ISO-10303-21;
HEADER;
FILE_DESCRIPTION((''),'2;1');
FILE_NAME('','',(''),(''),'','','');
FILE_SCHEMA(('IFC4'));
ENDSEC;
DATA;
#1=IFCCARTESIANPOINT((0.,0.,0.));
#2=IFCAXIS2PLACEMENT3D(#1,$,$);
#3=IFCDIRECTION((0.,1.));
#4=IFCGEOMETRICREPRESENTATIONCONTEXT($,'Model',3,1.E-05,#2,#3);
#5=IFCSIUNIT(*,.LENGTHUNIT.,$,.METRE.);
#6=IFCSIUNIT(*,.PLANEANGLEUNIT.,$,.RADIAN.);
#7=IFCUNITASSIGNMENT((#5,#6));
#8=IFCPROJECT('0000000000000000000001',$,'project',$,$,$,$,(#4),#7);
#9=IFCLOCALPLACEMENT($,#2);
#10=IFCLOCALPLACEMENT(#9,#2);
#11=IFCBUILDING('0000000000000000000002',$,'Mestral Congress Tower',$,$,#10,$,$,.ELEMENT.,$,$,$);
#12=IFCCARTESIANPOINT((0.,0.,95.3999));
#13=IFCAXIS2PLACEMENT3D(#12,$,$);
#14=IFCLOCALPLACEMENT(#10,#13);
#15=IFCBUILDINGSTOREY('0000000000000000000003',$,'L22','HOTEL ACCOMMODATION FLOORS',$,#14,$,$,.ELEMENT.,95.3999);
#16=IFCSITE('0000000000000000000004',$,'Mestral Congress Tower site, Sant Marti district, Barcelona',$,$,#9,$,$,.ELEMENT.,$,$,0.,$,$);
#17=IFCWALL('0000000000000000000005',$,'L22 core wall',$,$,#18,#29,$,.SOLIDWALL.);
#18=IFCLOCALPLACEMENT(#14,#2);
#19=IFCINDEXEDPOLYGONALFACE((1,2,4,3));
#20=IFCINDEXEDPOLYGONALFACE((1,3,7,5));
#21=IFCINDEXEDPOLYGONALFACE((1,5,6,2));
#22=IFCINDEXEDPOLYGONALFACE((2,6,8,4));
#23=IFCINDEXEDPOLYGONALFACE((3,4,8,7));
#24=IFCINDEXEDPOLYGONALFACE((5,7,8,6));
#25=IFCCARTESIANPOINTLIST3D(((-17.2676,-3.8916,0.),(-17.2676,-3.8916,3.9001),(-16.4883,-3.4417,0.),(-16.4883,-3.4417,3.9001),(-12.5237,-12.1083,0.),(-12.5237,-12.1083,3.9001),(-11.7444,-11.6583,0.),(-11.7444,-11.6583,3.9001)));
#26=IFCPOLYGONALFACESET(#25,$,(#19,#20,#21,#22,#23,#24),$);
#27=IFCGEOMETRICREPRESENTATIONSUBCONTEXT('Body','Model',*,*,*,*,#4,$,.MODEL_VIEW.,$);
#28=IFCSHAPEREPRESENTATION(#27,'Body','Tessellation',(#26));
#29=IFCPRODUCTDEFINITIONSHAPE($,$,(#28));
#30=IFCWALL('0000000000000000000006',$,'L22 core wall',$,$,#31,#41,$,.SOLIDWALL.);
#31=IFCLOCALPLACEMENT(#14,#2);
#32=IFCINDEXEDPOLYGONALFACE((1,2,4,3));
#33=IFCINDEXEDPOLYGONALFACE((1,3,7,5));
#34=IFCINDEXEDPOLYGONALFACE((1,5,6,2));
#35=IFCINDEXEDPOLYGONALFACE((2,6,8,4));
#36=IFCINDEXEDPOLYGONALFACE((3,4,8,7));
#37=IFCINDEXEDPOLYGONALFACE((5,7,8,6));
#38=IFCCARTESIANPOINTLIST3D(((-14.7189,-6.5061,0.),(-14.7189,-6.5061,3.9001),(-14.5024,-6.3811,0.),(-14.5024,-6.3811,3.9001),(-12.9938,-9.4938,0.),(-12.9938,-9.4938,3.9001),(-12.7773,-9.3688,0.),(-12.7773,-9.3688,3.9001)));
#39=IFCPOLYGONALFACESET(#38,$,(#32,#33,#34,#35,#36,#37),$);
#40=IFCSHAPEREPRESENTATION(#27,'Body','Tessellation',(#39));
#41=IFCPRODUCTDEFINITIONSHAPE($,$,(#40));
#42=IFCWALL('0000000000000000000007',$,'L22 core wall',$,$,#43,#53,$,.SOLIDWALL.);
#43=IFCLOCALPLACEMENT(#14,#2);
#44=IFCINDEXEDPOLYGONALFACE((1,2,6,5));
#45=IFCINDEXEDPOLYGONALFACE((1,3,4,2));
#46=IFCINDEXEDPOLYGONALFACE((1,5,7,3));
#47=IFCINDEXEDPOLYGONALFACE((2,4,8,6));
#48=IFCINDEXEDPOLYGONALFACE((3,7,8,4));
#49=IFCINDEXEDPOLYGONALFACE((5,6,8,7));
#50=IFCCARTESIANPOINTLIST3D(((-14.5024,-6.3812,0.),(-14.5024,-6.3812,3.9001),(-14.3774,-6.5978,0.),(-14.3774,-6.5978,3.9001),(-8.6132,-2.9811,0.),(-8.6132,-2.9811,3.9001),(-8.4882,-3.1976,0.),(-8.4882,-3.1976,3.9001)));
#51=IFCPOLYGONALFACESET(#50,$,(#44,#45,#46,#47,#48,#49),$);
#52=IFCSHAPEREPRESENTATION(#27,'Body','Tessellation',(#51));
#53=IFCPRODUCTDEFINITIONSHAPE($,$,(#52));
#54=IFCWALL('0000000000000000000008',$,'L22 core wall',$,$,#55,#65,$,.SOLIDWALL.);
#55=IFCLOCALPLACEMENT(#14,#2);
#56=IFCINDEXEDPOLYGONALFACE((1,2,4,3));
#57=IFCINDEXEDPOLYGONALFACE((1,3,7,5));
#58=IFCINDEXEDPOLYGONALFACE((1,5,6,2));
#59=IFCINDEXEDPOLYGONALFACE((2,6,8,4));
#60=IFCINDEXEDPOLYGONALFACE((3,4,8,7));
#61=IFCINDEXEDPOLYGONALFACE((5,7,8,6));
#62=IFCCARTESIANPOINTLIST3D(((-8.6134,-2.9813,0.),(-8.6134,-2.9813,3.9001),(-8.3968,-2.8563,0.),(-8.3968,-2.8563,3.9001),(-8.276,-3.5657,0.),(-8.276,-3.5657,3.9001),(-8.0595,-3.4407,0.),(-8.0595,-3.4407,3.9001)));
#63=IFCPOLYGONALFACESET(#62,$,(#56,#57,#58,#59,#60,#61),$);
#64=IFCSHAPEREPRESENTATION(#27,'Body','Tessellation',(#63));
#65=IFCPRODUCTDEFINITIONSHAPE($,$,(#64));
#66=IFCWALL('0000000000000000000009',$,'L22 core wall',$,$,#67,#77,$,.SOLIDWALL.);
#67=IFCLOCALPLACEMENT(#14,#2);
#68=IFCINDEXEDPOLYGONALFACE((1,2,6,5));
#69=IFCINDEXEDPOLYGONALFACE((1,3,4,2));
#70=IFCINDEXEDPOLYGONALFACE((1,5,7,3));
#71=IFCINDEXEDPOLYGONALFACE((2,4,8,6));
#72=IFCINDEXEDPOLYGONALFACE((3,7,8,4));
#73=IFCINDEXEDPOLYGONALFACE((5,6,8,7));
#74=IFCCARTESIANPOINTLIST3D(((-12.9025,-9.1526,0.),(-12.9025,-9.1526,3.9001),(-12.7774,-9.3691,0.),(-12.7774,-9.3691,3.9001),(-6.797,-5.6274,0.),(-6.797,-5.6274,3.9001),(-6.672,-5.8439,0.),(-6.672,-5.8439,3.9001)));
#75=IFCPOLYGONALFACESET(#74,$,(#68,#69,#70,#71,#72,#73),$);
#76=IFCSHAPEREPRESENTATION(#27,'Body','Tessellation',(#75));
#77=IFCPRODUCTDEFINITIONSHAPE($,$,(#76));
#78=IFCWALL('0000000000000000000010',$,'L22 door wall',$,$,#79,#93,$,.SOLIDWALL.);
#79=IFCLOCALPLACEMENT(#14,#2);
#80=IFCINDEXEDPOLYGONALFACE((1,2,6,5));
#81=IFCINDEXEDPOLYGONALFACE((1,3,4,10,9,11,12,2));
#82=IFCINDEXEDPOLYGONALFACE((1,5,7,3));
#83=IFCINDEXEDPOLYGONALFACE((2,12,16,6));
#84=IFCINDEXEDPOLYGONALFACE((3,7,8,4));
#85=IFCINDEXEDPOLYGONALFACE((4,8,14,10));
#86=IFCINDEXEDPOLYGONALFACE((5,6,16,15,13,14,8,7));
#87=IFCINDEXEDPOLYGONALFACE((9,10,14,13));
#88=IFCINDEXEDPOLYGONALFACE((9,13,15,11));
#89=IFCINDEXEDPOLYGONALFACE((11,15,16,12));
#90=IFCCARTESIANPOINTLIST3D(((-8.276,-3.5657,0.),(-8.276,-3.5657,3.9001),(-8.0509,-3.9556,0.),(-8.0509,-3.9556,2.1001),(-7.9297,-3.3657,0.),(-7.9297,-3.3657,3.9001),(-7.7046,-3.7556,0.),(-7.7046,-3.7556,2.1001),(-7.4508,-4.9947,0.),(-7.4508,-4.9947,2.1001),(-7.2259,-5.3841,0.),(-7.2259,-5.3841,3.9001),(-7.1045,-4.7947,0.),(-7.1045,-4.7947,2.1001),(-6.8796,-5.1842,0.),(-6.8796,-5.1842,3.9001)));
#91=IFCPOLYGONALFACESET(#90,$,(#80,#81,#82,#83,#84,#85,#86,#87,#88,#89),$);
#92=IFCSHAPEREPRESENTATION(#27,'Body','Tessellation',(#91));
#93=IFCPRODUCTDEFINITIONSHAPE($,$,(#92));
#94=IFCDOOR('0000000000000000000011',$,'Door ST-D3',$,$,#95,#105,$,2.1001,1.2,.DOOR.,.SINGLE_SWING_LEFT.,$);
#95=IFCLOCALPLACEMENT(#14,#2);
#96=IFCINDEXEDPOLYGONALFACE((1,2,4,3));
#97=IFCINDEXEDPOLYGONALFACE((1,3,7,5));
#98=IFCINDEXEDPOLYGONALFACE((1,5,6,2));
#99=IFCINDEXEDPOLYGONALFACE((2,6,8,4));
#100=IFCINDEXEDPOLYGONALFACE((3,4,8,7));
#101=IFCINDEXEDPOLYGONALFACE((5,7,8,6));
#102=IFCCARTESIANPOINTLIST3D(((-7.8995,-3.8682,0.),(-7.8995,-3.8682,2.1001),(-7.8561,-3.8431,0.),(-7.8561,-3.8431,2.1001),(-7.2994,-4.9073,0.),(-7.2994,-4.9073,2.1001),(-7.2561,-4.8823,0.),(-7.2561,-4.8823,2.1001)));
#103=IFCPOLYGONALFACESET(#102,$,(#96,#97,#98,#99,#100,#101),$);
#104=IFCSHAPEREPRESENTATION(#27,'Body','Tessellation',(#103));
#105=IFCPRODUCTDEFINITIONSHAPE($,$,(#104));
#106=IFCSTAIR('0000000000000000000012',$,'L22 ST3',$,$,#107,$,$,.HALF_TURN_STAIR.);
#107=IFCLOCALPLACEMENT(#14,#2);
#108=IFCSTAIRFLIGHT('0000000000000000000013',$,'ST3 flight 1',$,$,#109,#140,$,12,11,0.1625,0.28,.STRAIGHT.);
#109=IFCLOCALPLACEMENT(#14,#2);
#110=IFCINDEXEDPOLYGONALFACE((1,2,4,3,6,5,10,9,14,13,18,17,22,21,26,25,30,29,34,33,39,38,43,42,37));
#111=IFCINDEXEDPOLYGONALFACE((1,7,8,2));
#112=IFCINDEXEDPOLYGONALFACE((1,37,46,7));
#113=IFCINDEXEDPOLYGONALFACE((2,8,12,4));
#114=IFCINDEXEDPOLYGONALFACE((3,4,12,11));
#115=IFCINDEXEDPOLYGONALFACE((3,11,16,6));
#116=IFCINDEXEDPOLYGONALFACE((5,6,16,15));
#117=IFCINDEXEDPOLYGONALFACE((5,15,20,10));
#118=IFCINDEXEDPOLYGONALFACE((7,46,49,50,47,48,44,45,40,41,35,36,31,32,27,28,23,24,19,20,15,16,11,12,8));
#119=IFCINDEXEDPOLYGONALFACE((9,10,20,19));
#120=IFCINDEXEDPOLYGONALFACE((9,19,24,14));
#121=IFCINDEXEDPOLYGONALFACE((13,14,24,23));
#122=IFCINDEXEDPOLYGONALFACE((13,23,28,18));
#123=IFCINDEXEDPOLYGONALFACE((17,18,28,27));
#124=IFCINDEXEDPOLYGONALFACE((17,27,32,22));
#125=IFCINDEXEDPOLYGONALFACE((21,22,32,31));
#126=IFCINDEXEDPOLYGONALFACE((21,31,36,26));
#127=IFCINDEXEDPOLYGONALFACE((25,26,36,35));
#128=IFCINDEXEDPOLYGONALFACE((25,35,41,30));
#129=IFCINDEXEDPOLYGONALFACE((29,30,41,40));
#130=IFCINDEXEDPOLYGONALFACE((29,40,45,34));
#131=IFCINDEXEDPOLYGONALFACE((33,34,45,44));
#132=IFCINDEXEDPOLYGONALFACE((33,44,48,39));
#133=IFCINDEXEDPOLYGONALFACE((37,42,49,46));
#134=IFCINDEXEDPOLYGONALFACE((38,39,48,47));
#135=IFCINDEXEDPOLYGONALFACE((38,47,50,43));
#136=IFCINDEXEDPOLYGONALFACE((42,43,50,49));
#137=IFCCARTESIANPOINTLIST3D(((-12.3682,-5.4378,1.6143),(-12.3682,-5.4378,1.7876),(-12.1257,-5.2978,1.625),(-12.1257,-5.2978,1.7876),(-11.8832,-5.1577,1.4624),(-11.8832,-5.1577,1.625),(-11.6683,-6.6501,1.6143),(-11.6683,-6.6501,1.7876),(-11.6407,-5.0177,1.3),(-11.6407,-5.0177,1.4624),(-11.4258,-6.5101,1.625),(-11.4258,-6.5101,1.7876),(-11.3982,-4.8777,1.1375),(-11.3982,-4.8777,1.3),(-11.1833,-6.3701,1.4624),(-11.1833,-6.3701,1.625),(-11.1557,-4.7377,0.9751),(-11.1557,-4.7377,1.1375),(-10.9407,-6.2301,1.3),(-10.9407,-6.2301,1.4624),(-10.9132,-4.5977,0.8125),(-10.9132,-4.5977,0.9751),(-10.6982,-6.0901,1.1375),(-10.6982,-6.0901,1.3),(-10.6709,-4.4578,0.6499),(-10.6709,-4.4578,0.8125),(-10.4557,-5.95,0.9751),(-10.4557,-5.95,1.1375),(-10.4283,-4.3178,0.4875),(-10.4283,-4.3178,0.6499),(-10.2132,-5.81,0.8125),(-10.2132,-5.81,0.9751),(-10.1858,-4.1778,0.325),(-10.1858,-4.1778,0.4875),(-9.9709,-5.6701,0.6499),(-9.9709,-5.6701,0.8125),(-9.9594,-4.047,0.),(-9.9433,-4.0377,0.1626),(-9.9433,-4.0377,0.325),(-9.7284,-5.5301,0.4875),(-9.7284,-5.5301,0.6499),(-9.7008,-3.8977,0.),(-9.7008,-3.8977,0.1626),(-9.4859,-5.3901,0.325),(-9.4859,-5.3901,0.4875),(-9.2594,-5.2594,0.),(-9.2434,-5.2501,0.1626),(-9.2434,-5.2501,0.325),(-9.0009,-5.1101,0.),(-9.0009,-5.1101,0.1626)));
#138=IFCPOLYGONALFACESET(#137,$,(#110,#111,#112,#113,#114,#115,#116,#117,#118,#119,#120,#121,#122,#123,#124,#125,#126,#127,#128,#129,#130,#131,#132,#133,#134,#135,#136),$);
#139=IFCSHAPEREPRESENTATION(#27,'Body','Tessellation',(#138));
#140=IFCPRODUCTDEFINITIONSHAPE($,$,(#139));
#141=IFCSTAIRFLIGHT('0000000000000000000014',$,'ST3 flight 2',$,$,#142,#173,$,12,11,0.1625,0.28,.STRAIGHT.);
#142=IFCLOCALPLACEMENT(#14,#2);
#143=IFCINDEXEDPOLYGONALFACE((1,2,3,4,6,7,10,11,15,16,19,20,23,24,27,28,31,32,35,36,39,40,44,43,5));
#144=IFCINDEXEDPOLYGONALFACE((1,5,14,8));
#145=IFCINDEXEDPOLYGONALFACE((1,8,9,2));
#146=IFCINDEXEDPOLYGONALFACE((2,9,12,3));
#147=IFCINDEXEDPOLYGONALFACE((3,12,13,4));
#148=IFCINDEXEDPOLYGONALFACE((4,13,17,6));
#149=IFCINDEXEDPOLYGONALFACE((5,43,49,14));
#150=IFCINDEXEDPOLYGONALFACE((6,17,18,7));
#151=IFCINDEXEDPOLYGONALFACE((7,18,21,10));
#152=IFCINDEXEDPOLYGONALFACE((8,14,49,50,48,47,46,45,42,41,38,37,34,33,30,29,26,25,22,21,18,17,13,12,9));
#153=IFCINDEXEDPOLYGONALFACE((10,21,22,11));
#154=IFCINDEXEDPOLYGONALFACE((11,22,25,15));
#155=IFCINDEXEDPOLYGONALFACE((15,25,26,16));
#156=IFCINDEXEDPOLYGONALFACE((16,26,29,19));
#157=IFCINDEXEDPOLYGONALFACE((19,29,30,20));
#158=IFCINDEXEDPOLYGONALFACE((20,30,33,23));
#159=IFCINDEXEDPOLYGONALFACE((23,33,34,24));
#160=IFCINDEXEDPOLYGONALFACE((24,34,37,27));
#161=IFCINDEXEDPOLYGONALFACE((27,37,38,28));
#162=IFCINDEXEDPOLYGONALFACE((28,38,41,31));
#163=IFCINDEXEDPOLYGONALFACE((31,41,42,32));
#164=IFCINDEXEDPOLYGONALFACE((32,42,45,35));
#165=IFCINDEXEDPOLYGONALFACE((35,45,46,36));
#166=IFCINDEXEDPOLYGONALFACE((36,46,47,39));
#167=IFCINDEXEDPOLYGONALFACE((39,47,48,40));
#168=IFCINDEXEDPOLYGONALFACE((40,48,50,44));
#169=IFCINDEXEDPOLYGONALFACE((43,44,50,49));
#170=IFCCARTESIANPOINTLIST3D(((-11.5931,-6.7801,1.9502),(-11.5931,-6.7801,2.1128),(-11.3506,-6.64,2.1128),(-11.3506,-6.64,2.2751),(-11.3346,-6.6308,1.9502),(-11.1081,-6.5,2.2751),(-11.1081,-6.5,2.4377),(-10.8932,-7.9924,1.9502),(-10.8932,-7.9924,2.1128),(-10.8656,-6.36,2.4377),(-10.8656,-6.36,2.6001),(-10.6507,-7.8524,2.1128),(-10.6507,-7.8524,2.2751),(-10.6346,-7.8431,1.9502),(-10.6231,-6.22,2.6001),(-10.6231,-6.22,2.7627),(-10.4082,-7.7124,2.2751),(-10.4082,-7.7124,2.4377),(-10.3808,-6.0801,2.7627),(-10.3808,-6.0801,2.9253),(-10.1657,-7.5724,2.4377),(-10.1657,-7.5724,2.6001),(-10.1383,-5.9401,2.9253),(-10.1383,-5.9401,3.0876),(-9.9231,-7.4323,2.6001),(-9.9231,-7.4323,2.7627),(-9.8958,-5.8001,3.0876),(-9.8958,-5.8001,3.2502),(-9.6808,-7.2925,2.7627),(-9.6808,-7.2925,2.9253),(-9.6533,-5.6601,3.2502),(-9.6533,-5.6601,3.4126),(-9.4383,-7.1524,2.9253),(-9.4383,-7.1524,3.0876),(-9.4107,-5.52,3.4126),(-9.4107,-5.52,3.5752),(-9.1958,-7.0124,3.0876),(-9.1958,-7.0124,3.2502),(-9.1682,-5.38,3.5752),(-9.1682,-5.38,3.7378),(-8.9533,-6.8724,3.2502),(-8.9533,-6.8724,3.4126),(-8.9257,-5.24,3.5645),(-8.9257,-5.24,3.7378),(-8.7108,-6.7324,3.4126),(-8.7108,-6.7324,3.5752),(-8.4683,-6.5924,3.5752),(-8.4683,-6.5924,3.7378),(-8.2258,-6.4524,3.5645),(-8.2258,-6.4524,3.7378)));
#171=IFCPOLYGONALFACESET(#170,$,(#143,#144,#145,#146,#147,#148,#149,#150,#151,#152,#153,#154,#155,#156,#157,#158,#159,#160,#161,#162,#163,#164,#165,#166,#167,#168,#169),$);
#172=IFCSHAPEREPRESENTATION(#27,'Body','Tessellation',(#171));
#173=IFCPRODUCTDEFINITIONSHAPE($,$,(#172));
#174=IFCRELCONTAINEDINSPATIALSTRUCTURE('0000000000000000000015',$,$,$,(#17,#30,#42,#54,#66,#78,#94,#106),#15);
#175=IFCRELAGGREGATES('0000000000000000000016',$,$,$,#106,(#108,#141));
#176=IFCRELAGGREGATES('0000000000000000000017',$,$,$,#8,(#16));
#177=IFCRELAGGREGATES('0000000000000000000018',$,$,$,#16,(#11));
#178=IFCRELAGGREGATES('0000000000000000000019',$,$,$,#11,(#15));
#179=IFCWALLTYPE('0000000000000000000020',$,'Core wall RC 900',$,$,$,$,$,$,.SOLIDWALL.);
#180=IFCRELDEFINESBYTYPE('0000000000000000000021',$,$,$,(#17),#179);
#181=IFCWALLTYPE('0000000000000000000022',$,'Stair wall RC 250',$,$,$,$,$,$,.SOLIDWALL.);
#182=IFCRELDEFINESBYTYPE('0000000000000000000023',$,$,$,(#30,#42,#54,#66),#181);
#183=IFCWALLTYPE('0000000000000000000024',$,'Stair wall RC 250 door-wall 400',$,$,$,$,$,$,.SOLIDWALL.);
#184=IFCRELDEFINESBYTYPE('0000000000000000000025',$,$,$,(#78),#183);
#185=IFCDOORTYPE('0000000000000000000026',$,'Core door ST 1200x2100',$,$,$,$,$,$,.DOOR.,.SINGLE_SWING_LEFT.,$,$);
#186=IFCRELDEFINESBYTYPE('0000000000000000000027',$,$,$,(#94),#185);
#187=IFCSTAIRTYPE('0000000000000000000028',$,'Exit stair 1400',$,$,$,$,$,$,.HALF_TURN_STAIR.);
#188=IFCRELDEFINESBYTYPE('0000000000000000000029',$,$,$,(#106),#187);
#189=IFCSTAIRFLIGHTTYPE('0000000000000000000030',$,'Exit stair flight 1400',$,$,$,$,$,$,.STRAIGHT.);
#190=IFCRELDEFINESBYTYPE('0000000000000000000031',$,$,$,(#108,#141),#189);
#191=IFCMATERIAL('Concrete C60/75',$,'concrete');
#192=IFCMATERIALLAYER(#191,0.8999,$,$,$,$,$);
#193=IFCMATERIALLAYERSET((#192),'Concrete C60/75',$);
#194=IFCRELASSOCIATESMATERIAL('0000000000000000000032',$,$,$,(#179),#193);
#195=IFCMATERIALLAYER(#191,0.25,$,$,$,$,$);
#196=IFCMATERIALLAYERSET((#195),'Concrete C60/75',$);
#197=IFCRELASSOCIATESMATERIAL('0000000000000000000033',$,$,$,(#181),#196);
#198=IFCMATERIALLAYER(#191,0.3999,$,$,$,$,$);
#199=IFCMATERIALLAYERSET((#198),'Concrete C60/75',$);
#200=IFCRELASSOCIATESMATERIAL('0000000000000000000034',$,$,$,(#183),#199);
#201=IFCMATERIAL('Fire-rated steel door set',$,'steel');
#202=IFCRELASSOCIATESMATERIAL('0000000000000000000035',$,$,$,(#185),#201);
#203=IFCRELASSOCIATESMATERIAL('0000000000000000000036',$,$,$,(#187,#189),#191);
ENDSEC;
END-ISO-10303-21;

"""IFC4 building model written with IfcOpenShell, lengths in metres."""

from ifc_helpers import new_model, si_unit, direction, frame, frame_2d, origin, place, context, subcontext, project, spatial, polyline, rectangle, outline, extrude, material, layer, layer_set, type_object, element, fill, aggregate, save


model = new_model("IFC4")

# Units and contexts
model_context = context("Model", 3, precision=1e-05, world=origin(), true_north=direction((0.0, 1.0)))
body_context = subcontext(model_context, "Body", "Model", "MODEL_VIEW")
ifc_project = project(units=[si_unit("LENGTHUNIT", "METRE"), si_unit("PLANEANGLEUNIT", "RADIAN")], contexts=[model_context])

# Site, building, storey
site_placement = place(None, origin())
site = spatial("IfcSite", under=ifc_project, at=site_placement, Name="Mestral Congress Tower site, Sant Marti district, Barcelona", CompositionType="ELEMENT", RefElevation=0.0)
building_placement = place(site_placement, origin())
building = spatial("IfcBuilding", under=site, at=building_placement, Name="Mestral Congress Tower", CompositionType="ELEMENT")
storey_placement = place(building_placement, frame((0.0, 0.0, 95.3999)))
storey = spatial("IfcBuildingStorey", under=building, at=storey_placement, Name="L22", Description="HOTEL ACCOMMODATION FLOORS", CompositionType="ELEMENT", Elevation=95.3999)

# Walls
ifc_material_1 = material(Name="Concrete C60/75", Category="concrete")
ifc_layer_1 = layer(ifc_material_1, 0.8999)
ifc_layer_set_1 = layer_set([ifc_layer_1], Name="Concrete C60/75")
wall_type_1 = type_object("IfcWallType", Name="Core wall RC 900", PredefinedType="SOLIDWALL", material=ifc_layer_set_1)
wall_1_placement = place(storey_placement, frame((-12.134, -11.8833, 0.0), z_axis=(0.0, 0.0, 1.0), x_axis=(-0.500005, 0.866022, 0.0)))
element("IfcWall", 1, at=wall_1_placement, inside=storey, type_object=wall_type_1, Name="L22 core wall", PredefinedType="SOLIDWALL", context=body_context, shape_type="SweptSolid", body=[
    extrude(rectangle(XDim=9.4878, YDim=0.8999, at=frame_2d((4.7439, 0.0))), origin(), (0.0, 0.0, 1.0), 3.9001),
])
ifc_layer_2 = layer(ifc_material_1, 0.25)
ifc_layer_set_2 = layer_set([ifc_layer_2], Name="Concrete C60/75")
wall_type_2 = type_object("IfcWallType", Name="Stair wall RC 250", PredefinedType="SOLIDWALL", material=ifc_layer_set_2)
wall_2_placement = place(storey_placement, frame((-12.8855, -9.4314, 0.0), z_axis=(0.0, 0.0, 1.0), x_axis=(-0.500021, 0.866014, 0.0)))
element("IfcWall", 2, at=wall_2_placement, inside=storey, type_object=wall_type_2, Name="L22 core wall", PredefinedType="SOLIDWALL", context=body_context, shape_type="SweptSolid", body=[
    extrude(rectangle(XDim=3.45, YDim=0.25, at=frame_2d((1.7251, 0.0))), origin(), (0.0, 0.0, 1.0), 3.9001),
])
wall_3_placement = place(storey_placement, frame((-14.4399, -6.4895, 0.0), z_axis=(0.0, 0.0, 1.0), x_axis=(0.866023, 0.500004, 0.0)))
element("IfcWall", 3, at=wall_3_placement, inside=storey, type_object=wall_type_2, Name="L22 core wall", PredefinedType="SOLIDWALL", context=body_context, shape_type="SweptSolid", body=[
    extrude(rectangle(XDim=6.8003, YDim=0.25, at=frame_2d((3.4001, 0.0))), origin(), (0.0, 0.0, 1.0), 3.9001),
])
wall_4_placement = place(storey_placement, frame((-8.1677, -3.5032, 0.0), z_axis=(0.0, 0.0, 1.0), x_axis=(-0.499952, 0.866053, 0.0)))
element("IfcWall", 4, at=wall_4_placement, inside=storey, type_object=wall_type_2, Name="L22 core wall", PredefinedType="SOLIDWALL", context=body_context, shape_type="SweptSolid", body=[
    extrude(rectangle(XDim=0.6748, YDim=0.25, at=frame_2d((0.3374, 0.0))), origin(), (0.0, 0.0, 1.0), 3.9001),
])
wall_5_placement = place(storey_placement, frame((-12.8398, -9.2607, 0.0), z_axis=(0.0, 0.0, 1.0), x_axis=(0.866016, 0.500016, 0.0)))
element("IfcWall", 5, at=wall_5_placement, inside=storey, type_object=wall_type_2, Name="L22 core wall", PredefinedType="SOLIDWALL", context=body_context, shape_type="SweptSolid", body=[
    extrude(rectangle(XDim=7.05, YDim=0.25, at=frame_2d((3.5249, 0.0))), origin(), (0.0, 0.0, 1.0), 3.9001),
])

# Wall, opening, door
ifc_layer_3 = layer(ifc_material_1, 0.3999)
ifc_layer_set_3 = layer_set([ifc_layer_3], Name="Concrete C60/75")
wall_type_3 = type_object("IfcWallType", Name="Stair wall RC 250 door-wall 400", PredefinedType="SOLIDWALL", material=ifc_layer_set_3)
wall_6_placement = place(storey_placement, frame((-8.1028, -3.4658, 0.0), z_axis=(0.0, 0.0, 1.0), x_axis=(0.500078, -0.86598, 0.0)))
wall_6 = element("IfcWall", 6, at=wall_6_placement, inside=storey, type_object=wall_type_3, Name="L22 door wall", PredefinedType="SOLIDWALL", context=body_context, shape_type="SweptSolid", body=[
    extrude(rectangle(XDim=2.0999, YDim=0.3999, at=frame_2d((1.0498, 0.0))), origin(), (0.0, 0.0, 1.0), 3.9001),
])
opening_placement = place(wall_6_placement, frame((0.45, 0.0, 0.0)))
opening = element("IfcOpeningElement", 7, at=opening_placement, cuts=wall_6, PredefinedType="OPENING", context=body_context, shape_type="SweptSolid", body=[
    extrude(rectangle(XDim=1.2, YDim=2.1001, at=frame_2d((0.6001, 1.05))), frame((0.0, 0.21, 0.0), z_axis=(0.0, -1.0, 0.0), x_axis=(1.0, 0.0, 0.0)), (0.0, 0.0, 1.0), 0.4199),
])
ifc_material_2 = material(Name="Fire-rated steel door set", Category="steel")
door_type = type_object("IfcDoorType", Name="Core door ST 1200x2100", OperationType="SINGLE_SWING_LEFT", PredefinedType="DOOR", material=ifc_material_2)
door_placement = place(opening_placement, origin())
door = element("IfcDoor", 8, at=door_placement, inside=storey, type_object=door_type, Name="Door ST-D3", OperationType="SINGLE_SWING_LEFT", OverallHeight=2.1001, OverallWidth=1.2, PredefinedType="DOOR", context=body_context, shape_type="SweptSolid", body=[
    extrude(rectangle(XDim=1.2, YDim=2.1001, at=frame_2d((0.6001, 1.05))), frame((0.0, 0.0249, 0.0), z_axis=(0.0, -1.0, 0.0), x_axis=(1.0, 0.0, 0.0)), (0.0, 0.0, 1.0), 0.05),
])
fill(opening, door)

# Stair, stair flights
stair_type = type_object("IfcStairType", Name="Exit stair 1400", PredefinedType="HALF_TURN_STAIR", material=ifc_material_1)
stair_placement = place(storey_placement, origin())
stair = element("IfcStair", 9, at=stair_placement, inside=storey, type_object=stair_type, Name="L22 ST3", PredefinedType="HALF_TURN_STAIR")
stair_flight_type = type_object("IfcStairFlightType", Name="Exit stair flight 1400", PredefinedType="STRAIGHT", material=ifc_material_1)
stair_flight_1_placement = place(storey_placement, frame((-9.3508, -4.5039, 0.0), z_axis=(0.0, 0.0, 1.0), x_axis=(-0.866025, -0.5, 0.0)))
stair_flight_1 = element("IfcStairFlight", 10, at=stair_flight_1_placement, type_object=stair_flight_type, Name="ST3 flight 1", NumberOfRisers=12, NumberOfTreads=11, PredefinedType="STRAIGHT", RiserHeight=0.1625, TreadLength=0.28, context=body_context, shape_type="SweptSolid", body=[
    extrude(outline(polyline([(0.0, 0.0), (0.0, 0.1626), (0.28, 0.1626), (0.28, 0.325), (0.5601, 0.325), (0.5601, 0.4875), (0.8401, 0.4875), (0.8401, 0.6499), (1.1201, 0.6499), (1.1201, 0.8125), (1.3999, 0.8125), (1.3999, 0.9751), (1.6799, 0.9751), (1.6799, 1.1375), (1.96, 1.1375), (1.96, 1.3), (2.24, 1.3), (2.24, 1.4624), (2.52, 1.4624), (2.52, 1.625), (2.8, 1.625), (2.8, 1.7876), (3.0801, 1.7876), (3.0801, 1.95), (3.0801, 1.6143), (0.2986, 0.0), (0.0, 0.0)])), frame((0.0, 0.7, 0.0), z_axis=(0.0, -1.0, 0.0), x_axis=(1.0, 0.0, 0.0)), (0.0, 0.0, 1.0), 1.3999),
])
stair_flight_2_placement = place(storey_placement, frame((-11.2432, -7.3862, 1.9502), z_axis=(0.0, 0.0, 1.0), x_axis=(0.866025, 0.5, 0.0)))
stair_flight_2 = element("IfcStairFlight", 11, at=stair_flight_2_placement, type_object=stair_flight_type, Name="ST3 flight 2", NumberOfRisers=12, NumberOfTreads=11, PredefinedType="STRAIGHT", RiserHeight=0.1625, TreadLength=0.28, context=body_context, shape_type="SweptSolid", body=[
    extrude(outline(polyline([(0.0, 0.0), (0.0, 0.1626), (0.28, 0.1626), (0.28, 0.325), (0.5601, 0.325), (0.5601, 0.4875), (0.8401, 0.4875), (0.8401, 0.6499), (1.1201, 0.6499), (1.1201, 0.8125), (1.3999, 0.8125), (1.3999, 0.9751), (1.6799, 0.9751), (1.6799, 1.1375), (1.96, 1.1375), (1.96, 1.3), (2.24, 1.3), (2.24, 1.4624), (2.52, 1.4624), (2.52, 1.625), (2.8, 1.625), (2.8, 1.7876), (3.0801, 1.7876), (3.0801, 1.95), (3.0801, 1.6143), (0.2986, 0.0), (0.0, 0.0)])), frame((0.0, 0.7, 0.0), z_axis=(0.0, -1.0, 0.0), x_axis=(1.0, 0.0, 0.0)), (0.0, 0.0, 1.0), 1.3999),
])
aggregate(stair, [stair_flight_1, stair_flight_2])

save(model, "model.ifc")
